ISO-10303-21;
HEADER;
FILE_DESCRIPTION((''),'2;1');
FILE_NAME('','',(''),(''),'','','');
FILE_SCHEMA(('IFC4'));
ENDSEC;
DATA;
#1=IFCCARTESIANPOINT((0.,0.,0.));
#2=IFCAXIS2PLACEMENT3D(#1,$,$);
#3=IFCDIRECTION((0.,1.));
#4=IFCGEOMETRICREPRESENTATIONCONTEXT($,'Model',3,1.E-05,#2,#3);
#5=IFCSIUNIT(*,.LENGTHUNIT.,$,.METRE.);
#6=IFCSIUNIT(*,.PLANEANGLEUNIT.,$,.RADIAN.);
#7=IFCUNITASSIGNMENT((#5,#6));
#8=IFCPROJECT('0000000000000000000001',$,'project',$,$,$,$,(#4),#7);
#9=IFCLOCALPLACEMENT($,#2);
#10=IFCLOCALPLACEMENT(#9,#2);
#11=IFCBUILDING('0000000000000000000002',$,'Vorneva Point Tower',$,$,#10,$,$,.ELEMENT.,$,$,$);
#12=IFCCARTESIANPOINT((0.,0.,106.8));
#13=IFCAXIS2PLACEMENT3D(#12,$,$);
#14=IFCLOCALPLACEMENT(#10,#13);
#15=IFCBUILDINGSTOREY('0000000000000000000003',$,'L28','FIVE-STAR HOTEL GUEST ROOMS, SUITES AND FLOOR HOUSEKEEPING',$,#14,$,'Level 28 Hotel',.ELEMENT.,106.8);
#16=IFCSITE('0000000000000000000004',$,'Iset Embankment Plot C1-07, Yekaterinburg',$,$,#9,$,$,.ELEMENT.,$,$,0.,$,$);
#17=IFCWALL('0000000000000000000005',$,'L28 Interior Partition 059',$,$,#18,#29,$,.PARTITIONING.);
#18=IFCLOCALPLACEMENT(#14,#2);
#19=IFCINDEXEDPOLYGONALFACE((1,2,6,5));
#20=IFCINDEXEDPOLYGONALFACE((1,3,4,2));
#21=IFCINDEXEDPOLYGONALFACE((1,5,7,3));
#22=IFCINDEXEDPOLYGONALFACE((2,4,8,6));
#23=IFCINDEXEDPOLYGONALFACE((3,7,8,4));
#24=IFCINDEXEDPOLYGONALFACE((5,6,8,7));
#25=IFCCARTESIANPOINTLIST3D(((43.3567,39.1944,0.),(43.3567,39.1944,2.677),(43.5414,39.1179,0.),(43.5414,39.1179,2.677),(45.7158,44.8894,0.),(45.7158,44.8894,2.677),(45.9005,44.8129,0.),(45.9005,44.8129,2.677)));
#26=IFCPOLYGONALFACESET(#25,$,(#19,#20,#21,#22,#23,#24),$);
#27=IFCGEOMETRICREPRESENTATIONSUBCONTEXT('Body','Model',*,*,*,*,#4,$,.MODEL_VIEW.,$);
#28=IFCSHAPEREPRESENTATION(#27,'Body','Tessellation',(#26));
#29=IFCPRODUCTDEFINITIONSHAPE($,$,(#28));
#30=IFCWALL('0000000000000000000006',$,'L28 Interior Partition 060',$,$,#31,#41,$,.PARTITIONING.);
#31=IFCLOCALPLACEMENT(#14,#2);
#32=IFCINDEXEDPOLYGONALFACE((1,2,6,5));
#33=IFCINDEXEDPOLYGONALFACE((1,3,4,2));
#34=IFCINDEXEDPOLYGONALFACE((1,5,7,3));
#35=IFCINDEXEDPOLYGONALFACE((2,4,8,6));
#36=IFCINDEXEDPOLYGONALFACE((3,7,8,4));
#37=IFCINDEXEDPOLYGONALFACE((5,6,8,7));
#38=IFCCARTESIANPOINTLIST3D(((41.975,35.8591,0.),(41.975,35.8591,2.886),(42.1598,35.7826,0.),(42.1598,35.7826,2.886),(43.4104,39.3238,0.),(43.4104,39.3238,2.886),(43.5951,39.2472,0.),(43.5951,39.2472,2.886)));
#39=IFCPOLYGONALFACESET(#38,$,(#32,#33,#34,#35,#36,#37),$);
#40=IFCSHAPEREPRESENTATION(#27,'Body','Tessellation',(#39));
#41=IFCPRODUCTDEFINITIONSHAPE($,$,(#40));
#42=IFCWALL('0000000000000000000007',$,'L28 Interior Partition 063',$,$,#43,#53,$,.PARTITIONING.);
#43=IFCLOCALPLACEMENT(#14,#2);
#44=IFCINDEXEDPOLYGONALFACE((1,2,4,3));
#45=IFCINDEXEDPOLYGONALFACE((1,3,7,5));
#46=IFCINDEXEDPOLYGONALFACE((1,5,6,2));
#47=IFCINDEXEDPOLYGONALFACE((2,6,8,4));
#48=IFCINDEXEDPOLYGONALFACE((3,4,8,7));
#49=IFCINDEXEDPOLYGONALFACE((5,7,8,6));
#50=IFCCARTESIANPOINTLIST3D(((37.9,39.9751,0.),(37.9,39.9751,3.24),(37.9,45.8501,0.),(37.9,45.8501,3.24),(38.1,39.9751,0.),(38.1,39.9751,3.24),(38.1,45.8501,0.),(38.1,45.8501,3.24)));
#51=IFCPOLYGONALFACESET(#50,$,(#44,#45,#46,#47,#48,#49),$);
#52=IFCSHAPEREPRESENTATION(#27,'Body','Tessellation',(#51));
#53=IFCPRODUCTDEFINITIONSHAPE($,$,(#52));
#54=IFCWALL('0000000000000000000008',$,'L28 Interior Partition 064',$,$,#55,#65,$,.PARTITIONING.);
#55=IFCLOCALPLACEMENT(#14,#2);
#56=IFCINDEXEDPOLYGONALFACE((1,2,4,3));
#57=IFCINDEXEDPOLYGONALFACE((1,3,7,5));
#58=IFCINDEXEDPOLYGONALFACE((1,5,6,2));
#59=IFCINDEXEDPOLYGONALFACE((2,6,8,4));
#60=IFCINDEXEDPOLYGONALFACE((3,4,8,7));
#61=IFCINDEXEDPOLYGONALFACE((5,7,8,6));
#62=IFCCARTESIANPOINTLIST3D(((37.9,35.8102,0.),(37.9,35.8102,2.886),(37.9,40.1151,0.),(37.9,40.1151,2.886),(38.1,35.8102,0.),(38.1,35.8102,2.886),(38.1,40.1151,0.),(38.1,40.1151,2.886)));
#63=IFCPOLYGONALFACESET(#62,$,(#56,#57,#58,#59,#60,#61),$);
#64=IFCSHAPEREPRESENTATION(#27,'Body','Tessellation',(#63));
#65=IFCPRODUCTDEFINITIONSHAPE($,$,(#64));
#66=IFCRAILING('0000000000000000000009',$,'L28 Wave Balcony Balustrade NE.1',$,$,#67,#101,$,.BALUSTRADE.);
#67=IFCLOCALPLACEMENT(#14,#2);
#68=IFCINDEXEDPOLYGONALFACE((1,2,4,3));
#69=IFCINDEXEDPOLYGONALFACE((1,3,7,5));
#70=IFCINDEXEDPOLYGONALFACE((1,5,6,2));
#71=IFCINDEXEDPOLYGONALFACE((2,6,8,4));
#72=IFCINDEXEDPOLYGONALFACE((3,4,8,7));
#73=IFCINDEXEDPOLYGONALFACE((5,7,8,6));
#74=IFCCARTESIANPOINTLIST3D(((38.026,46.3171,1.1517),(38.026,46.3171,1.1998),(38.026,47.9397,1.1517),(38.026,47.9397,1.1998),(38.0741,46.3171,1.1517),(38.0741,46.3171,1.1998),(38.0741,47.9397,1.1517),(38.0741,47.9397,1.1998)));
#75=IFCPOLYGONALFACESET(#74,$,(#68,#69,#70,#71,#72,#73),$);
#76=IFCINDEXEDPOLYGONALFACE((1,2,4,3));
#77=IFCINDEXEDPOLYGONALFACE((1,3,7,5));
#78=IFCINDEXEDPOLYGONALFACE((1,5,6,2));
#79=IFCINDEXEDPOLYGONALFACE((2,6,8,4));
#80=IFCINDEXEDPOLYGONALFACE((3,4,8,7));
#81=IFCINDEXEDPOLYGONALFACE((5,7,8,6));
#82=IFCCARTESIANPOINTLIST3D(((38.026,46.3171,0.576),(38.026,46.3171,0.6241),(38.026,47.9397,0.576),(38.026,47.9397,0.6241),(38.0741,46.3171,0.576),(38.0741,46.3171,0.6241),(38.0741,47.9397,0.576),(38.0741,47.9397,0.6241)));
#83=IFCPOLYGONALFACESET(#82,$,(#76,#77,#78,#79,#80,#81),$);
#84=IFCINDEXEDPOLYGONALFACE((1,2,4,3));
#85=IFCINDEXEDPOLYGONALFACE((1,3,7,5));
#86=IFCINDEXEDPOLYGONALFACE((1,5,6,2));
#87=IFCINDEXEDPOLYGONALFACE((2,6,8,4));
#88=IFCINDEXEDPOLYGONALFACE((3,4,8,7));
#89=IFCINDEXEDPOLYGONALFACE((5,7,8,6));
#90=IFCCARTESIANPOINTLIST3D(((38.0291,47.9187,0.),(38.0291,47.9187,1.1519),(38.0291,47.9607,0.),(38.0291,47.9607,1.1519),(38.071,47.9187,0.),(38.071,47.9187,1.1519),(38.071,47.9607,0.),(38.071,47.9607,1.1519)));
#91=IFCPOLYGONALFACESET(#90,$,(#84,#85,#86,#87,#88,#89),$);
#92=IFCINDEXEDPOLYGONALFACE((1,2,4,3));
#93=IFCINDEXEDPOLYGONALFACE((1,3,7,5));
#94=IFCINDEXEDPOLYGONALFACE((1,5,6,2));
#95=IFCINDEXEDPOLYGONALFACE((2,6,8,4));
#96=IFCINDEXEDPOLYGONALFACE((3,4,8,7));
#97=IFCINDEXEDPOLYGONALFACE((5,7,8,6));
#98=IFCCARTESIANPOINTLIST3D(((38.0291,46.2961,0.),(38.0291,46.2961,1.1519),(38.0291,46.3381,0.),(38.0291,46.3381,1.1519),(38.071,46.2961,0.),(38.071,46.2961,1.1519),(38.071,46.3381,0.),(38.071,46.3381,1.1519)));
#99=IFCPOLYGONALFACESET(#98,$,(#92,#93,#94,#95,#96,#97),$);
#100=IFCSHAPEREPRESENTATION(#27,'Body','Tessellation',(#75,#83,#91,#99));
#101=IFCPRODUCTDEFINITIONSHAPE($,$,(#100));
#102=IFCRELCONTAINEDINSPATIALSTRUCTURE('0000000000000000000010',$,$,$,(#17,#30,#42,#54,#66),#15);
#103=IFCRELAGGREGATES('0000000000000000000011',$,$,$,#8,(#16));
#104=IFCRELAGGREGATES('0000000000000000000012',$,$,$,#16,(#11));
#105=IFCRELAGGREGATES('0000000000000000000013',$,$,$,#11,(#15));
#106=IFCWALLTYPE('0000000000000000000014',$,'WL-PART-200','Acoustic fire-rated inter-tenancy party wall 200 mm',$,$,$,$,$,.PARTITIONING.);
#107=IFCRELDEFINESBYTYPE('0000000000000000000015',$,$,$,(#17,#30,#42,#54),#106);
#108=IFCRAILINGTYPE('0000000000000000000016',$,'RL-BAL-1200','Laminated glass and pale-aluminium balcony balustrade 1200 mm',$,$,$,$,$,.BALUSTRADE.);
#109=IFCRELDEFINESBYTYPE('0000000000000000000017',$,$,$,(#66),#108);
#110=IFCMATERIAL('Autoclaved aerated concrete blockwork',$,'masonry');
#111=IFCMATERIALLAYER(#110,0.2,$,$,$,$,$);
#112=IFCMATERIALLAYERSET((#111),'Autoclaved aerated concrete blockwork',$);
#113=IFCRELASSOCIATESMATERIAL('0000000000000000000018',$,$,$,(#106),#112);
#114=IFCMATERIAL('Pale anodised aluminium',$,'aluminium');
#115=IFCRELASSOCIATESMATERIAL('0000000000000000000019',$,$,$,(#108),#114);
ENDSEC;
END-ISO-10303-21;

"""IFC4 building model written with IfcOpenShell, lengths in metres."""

from ifc_helpers import new_model, si_unit, direction, frame, frame_2d, origin, origin_2d, place, context, subcontext, project, spatial, rectangle, extrude, material, layer, layer_set, type_object, element, save


model = new_model("IFC4")

# Units and contexts
model_context = context("Model", 3, precision=1e-05, world=origin(), true_north=direction((0.0, 1.0)))
body_context = subcontext(model_context, "Body", "Model", "MODEL_VIEW")
ifc_project = project(units=[si_unit("LENGTHUNIT", "METRE"), si_unit("PLANEANGLEUNIT", "RADIAN")], contexts=[model_context])

# Site, building, storey
site_placement = place(None, origin())
site = spatial("IfcSite", under=ifc_project, at=site_placement, Name="Iset Embankment Plot C1-07, Yekaterinburg", CompositionType="ELEMENT", RefElevation=0.0)
building_placement = place(site_placement, origin())
building = spatial("IfcBuilding", under=site, at=building_placement, Name="Vorneva Point Tower", CompositionType="ELEMENT")
storey_placement = place(building_placement, frame((0.0, 0.0, 106.8)))
storey = spatial("IfcBuildingStorey", under=building, at=storey_placement, Name="L28", Description="FIVE-STAR HOTEL GUEST ROOMS, SUITES AND FLOOR HOUSEKEEPING", LongName="Level 28 Hotel", CompositionType="ELEMENT", Elevation=106.8)

# Shared definitions
ifc_material_1 = material(Name="Pale anodised aluminium", Category="aluminium")

# Shared definitions
ifc_material_2 = material(Name="Autoclaved aerated concrete blockwork", Category="masonry")

# Walls
ifc_layer_1 = layer(ifc_material_2, 0.2)
ifc_layer_set_1 = layer_set([ifc_layer_1], Name="Autoclaved aerated concrete blockwork")
wall_type_1 = type_object("IfcWallType", Name="WL-PART-200", Description="Acoustic fire-rated inter-tenancy party wall 200 mm", PredefinedType="PARTITIONING", material=ifc_layer_set_1)
wall_1_placement = place(storey_placement, frame((45.8081, 44.8511, 0.0), z_axis=(0.0, 0.0, 1.0), x_axis=(-0.382705, -0.923871, 0.0)))
element("IfcWall", 1, at=wall_1_placement, inside=storey, type_object=wall_type_1, Name="L28 Interior Partition 059", PredefinedType="PARTITIONING", context=body_context, shape_type="SweptSolid", body=[
    extrude(rectangle(XDim=6.1643, YDim=0.2, at=frame_2d((3.082, 0.0))), origin(), (0.0, 0.0, 1.0), 2.677),
])
wall_2_placement = place(storey_placement, frame((43.5027, 39.2854, 0.0), z_axis=(0.0, 0.0, 1.0), x_axis=(-0.382733, -0.923859, 0.0)))
element("IfcWall", 2, at=wall_2_placement, inside=storey, type_object=wall_type_1, Name="L28 Interior Partition 060", PredefinedType="PARTITIONING", context=body_context, shape_type="SweptSolid", body=[
    extrude(rectangle(XDim=3.7502, YDim=0.2, at=frame_2d((1.875, 0.0))), origin(), (0.0, 0.0, 1.0), 2.886),
])
wall_3_placement = place(storey_placement, frame((38.0, 45.8501, 0.0), z_axis=(0.0, 0.0, 1.0), x_axis=(0.0, -1.0, 0.0)))
element("IfcWall", 3, at=wall_3_placement, inside=storey, type_object=wall_type_1, Name="L28 Interior Partition 063", PredefinedType="PARTITIONING", context=body_context, shape_type="SweptSolid", body=[
    extrude(rectangle(XDim=5.875, YDim=0.2, at=frame_2d((2.9375, 0.0))), origin(), (0.0, 0.0, 1.0), 3.24),
])
wall_4_placement = place(storey_placement, frame((38.0, 40.115, 0.0), z_axis=(0.0, 0.0, 1.0), x_axis=(0.0, -1.0, 0.0)))
element("IfcWall", 4, at=wall_4_placement, inside=storey, type_object=wall_type_1, Name="L28 Interior Partition 064", PredefinedType="PARTITIONING", context=body_context, shape_type="SweptSolid", body=[
    extrude(rectangle(XDim=4.3049, YDim=0.2, at=frame_2d((2.1523, 0.0))), origin(), (0.0, 0.0, 1.0), 2.886),
])

# Railing
railing_type = type_object("IfcRailingType", Name="RL-BAL-1200", Description="Laminated glass and pale-aluminium balcony balustrade 1200 mm", PredefinedType="BALUSTRADE", material=ifc_material_1)
railing_placement = place(storey_placement, frame((38.05, 47.9397, 0.0)))
element("IfcRailing", 5, at=railing_placement, inside=storey, type_object=railing_type, Name="L28 Wave Balcony Balustrade NE.1", PredefinedType="BALUSTRADE", context=body_context, shape_type="SweptSolid", body=[
    extrude(rectangle(XDim=0.0481, YDim=0.0481, at=origin_2d()), frame((0.0, 0.0, 1.1758), z_axis=(0.0, -1.0, 0.0), x_axis=(1.0, 0.0, 0.0)), (0.0, 0.0, 1.0), 1.6226),
    extrude(rectangle(XDim=0.0481, YDim=0.0481, at=origin_2d()), frame((0.0, 0.0, 0.6001), z_axis=(0.0, -1.0, 0.0), x_axis=(1.0, 0.0, 0.0)), (0.0, 0.0, 1.0), 1.6226),
    extrude(rectangle(XDim=0.042, YDim=0.042, at=origin_2d()), origin(), (0.0, 0.0, 1.0), 1.1519),
    extrude(rectangle(XDim=0.042, YDim=0.042, at=origin_2d()), frame((0.0, -1.6226, 0.0)), (0.0, 0.0, 1.0), 1.1519),
])

save(model, "model.ifc")
